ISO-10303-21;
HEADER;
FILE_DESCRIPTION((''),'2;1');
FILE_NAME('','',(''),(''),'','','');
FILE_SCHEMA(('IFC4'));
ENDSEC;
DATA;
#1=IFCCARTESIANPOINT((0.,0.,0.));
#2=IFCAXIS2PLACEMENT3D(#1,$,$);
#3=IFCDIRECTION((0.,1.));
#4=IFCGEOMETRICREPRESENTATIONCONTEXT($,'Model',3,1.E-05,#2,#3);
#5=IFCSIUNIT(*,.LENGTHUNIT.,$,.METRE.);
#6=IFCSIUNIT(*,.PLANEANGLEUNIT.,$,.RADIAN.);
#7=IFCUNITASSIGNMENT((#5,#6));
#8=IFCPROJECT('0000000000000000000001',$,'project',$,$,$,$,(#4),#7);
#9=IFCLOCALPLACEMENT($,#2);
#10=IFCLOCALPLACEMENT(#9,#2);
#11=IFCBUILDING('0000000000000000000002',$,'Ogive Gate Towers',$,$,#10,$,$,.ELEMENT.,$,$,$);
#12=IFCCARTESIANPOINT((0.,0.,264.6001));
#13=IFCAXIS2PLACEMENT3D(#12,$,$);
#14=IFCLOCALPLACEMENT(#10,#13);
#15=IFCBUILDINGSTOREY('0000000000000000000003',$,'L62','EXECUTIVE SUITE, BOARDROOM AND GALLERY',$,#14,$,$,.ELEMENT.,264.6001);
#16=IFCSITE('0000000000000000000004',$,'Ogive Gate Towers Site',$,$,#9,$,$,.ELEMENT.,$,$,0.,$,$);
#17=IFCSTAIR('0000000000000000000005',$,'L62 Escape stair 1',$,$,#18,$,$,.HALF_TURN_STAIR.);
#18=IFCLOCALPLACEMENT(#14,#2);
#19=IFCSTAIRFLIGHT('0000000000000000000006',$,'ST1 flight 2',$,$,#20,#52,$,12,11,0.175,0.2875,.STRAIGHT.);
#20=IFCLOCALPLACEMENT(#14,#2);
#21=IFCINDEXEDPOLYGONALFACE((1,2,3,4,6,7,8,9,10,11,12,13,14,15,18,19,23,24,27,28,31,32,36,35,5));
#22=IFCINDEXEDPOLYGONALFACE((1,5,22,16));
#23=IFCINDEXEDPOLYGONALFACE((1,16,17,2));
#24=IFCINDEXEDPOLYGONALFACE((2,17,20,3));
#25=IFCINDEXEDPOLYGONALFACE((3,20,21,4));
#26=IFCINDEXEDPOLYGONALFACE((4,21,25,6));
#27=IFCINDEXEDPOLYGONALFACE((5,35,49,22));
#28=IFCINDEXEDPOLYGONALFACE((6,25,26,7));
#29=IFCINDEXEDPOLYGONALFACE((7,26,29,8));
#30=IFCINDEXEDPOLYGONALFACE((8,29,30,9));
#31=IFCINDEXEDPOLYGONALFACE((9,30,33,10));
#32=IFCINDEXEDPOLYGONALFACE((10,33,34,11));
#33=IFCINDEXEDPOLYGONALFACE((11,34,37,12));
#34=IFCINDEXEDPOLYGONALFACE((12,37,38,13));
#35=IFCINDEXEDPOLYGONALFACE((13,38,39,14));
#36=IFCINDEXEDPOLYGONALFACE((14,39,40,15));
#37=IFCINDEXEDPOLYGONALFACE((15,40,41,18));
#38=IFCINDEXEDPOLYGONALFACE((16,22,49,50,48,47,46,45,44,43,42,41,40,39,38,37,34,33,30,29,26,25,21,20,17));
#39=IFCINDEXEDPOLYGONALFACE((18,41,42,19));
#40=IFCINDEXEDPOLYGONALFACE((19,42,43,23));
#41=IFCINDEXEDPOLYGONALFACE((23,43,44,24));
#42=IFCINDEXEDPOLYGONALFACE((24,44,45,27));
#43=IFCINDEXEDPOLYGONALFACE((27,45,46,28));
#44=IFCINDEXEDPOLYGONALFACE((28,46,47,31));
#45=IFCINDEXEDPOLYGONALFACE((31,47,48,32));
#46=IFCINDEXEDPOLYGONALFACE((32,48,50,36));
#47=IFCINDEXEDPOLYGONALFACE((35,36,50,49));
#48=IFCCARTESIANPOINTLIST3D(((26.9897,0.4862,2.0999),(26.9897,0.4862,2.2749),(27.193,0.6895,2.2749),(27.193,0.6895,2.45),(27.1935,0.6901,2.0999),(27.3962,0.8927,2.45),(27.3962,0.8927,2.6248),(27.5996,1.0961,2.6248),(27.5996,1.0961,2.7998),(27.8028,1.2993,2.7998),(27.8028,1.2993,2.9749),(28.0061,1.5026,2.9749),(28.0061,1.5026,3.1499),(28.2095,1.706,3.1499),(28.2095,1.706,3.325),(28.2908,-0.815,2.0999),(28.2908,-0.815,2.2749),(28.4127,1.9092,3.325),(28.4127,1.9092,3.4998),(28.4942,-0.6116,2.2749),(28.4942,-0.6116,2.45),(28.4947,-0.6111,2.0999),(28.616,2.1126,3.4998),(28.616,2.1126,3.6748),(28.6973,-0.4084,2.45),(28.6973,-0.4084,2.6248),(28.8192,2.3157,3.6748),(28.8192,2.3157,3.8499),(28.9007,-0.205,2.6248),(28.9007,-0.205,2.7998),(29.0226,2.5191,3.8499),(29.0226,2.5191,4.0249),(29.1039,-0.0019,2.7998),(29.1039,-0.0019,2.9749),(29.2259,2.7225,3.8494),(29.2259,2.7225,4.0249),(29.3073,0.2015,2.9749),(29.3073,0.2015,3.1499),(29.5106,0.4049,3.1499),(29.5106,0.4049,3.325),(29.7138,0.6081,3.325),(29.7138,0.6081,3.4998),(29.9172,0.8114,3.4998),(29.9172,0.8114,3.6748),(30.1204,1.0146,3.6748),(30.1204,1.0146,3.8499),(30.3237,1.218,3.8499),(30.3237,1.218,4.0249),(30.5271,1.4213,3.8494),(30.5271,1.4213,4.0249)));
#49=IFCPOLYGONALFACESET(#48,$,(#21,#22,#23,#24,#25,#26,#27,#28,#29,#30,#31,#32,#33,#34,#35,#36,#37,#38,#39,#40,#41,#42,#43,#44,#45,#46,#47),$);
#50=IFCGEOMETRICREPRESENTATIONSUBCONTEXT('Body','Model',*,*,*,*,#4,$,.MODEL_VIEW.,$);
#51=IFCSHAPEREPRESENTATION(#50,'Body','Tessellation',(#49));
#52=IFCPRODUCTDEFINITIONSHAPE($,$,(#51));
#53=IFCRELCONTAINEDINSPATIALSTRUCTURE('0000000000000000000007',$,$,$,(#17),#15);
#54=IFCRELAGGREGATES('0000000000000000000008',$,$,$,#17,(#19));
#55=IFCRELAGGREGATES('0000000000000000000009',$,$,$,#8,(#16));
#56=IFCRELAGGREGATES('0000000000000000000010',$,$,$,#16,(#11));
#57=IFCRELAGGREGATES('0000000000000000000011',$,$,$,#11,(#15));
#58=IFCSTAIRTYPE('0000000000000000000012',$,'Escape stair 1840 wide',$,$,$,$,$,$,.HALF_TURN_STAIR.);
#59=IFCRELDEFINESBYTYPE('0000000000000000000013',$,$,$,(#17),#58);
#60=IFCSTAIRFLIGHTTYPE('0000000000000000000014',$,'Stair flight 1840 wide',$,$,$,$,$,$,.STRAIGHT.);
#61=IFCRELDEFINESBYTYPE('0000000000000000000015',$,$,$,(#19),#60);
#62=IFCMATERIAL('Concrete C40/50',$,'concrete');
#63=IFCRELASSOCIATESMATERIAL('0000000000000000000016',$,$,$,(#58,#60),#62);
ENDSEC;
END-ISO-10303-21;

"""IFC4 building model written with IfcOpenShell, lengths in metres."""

from ifc_helpers import new_model, si_unit, direction, frame, origin, place, context, subcontext, project, spatial, polyline, outline, extrude, material, type_object, element, aggregate, save


model = new_model("IFC4")

# Units and contexts
model_context = context("Model", 3, precision=1e-05, world=origin(), true_north=direction((0.0, 1.0)))
body_context = subcontext(model_context, "Body", "Model", "MODEL_VIEW")
ifc_project = project(units=[si_unit("LENGTHUNIT", "METRE"), si_unit("PLANEANGLEUNIT", "RADIAN")], contexts=[model_context])

# Site, building, storey
site_placement = place(None, origin())
site = spatial("IfcSite", under=ifc_project, at=site_placement, Name="Ogive Gate Towers Site", CompositionType="ELEMENT", RefElevation=0.0)
building_placement = place(site_placement, origin())
building = spatial("IfcBuilding", under=site, at=building_placement, Name="Ogive Gate Towers", CompositionType="ELEMENT")
storey_placement = place(building_placement, frame((0.0, 0.0, 264.6001)))
storey = spatial("IfcBuildingStorey", under=building, at=storey_placement, Name="L62", Description="EXECUTIVE SUITE, BOARDROOM AND GALLERY", CompositionType="ELEMENT", Elevation=264.6001)

# Shared definitions
ifc_material_1 = material(Name="Concrete C40/50", Category="concrete")
stair_type = type_object("IfcStairType", Name="Escape stair 1840 wide", PredefinedType="HALF_TURN_STAIR", material=ifc_material_1)

# Stair, stair flight
stair_1_placement = place(storey_placement, origin())
stair_1 = element("IfcStair", 1, at=stair_1_placement, inside=storey, type_object=stair_type, Name="L62 Escape stair 1", PredefinedType="HALF_TURN_STAIR")
stair_flight_type = type_object("IfcStairFlightType", Name="Stair flight 1840 wide", PredefinedType="STRAIGHT", material=ifc_material_1)
stair_flight_placement = place(storey_placement, frame((27.6401, -0.1643, 2.0999), z_axis=(0.0, 0.0, 1.0), x_axis=(0.707107, 0.707107, 0.0)))
stair_flight = element("IfcStairFlight", 2, at=stair_flight_placement, type_object=stair_flight_type, Name="ST1 flight 2", NumberOfRisers=12, NumberOfTreads=11, PredefinedType="STRAIGHT", RiserHeight=0.175, TreadLength=0.2875, context=body_context, shape_type="SweptSolid", body=[
    extrude(outline(polyline([(0.0, 0.0), (0.0, 0.175), (0.2876, 0.175), (0.2876, 0.3501), (0.575, 0.3501), (0.575, 0.5249), (0.8625, 0.5249), (0.8625, 0.7), (1.1499, 0.7), (1.1499, 0.875), (1.4375, 0.875), (1.4375, 1.05), (1.7251, 1.05), (1.7251, 1.2251), (2.0125, 1.2251), (2.0125, 1.3999), (2.3, 1.3999), (2.3, 1.575), (2.5874, 1.575), (2.5874, 1.75), (2.875, 1.75), (2.875, 1.925), (3.1626, 1.925), (3.1626, 2.1001), (3.1626, 1.7495), (0.2883, 0.0), (0.0, 0.0)])), frame((0.0, 0.9199, 0.0), z_axis=(0.0, -1.0, 0.0), x_axis=(1.0, 0.0, 0.0)), (0.0, 0.0, 1.0), 1.8401),
])
aggregate(stair_1, [stair_flight])

save(model, "model.ifc")
